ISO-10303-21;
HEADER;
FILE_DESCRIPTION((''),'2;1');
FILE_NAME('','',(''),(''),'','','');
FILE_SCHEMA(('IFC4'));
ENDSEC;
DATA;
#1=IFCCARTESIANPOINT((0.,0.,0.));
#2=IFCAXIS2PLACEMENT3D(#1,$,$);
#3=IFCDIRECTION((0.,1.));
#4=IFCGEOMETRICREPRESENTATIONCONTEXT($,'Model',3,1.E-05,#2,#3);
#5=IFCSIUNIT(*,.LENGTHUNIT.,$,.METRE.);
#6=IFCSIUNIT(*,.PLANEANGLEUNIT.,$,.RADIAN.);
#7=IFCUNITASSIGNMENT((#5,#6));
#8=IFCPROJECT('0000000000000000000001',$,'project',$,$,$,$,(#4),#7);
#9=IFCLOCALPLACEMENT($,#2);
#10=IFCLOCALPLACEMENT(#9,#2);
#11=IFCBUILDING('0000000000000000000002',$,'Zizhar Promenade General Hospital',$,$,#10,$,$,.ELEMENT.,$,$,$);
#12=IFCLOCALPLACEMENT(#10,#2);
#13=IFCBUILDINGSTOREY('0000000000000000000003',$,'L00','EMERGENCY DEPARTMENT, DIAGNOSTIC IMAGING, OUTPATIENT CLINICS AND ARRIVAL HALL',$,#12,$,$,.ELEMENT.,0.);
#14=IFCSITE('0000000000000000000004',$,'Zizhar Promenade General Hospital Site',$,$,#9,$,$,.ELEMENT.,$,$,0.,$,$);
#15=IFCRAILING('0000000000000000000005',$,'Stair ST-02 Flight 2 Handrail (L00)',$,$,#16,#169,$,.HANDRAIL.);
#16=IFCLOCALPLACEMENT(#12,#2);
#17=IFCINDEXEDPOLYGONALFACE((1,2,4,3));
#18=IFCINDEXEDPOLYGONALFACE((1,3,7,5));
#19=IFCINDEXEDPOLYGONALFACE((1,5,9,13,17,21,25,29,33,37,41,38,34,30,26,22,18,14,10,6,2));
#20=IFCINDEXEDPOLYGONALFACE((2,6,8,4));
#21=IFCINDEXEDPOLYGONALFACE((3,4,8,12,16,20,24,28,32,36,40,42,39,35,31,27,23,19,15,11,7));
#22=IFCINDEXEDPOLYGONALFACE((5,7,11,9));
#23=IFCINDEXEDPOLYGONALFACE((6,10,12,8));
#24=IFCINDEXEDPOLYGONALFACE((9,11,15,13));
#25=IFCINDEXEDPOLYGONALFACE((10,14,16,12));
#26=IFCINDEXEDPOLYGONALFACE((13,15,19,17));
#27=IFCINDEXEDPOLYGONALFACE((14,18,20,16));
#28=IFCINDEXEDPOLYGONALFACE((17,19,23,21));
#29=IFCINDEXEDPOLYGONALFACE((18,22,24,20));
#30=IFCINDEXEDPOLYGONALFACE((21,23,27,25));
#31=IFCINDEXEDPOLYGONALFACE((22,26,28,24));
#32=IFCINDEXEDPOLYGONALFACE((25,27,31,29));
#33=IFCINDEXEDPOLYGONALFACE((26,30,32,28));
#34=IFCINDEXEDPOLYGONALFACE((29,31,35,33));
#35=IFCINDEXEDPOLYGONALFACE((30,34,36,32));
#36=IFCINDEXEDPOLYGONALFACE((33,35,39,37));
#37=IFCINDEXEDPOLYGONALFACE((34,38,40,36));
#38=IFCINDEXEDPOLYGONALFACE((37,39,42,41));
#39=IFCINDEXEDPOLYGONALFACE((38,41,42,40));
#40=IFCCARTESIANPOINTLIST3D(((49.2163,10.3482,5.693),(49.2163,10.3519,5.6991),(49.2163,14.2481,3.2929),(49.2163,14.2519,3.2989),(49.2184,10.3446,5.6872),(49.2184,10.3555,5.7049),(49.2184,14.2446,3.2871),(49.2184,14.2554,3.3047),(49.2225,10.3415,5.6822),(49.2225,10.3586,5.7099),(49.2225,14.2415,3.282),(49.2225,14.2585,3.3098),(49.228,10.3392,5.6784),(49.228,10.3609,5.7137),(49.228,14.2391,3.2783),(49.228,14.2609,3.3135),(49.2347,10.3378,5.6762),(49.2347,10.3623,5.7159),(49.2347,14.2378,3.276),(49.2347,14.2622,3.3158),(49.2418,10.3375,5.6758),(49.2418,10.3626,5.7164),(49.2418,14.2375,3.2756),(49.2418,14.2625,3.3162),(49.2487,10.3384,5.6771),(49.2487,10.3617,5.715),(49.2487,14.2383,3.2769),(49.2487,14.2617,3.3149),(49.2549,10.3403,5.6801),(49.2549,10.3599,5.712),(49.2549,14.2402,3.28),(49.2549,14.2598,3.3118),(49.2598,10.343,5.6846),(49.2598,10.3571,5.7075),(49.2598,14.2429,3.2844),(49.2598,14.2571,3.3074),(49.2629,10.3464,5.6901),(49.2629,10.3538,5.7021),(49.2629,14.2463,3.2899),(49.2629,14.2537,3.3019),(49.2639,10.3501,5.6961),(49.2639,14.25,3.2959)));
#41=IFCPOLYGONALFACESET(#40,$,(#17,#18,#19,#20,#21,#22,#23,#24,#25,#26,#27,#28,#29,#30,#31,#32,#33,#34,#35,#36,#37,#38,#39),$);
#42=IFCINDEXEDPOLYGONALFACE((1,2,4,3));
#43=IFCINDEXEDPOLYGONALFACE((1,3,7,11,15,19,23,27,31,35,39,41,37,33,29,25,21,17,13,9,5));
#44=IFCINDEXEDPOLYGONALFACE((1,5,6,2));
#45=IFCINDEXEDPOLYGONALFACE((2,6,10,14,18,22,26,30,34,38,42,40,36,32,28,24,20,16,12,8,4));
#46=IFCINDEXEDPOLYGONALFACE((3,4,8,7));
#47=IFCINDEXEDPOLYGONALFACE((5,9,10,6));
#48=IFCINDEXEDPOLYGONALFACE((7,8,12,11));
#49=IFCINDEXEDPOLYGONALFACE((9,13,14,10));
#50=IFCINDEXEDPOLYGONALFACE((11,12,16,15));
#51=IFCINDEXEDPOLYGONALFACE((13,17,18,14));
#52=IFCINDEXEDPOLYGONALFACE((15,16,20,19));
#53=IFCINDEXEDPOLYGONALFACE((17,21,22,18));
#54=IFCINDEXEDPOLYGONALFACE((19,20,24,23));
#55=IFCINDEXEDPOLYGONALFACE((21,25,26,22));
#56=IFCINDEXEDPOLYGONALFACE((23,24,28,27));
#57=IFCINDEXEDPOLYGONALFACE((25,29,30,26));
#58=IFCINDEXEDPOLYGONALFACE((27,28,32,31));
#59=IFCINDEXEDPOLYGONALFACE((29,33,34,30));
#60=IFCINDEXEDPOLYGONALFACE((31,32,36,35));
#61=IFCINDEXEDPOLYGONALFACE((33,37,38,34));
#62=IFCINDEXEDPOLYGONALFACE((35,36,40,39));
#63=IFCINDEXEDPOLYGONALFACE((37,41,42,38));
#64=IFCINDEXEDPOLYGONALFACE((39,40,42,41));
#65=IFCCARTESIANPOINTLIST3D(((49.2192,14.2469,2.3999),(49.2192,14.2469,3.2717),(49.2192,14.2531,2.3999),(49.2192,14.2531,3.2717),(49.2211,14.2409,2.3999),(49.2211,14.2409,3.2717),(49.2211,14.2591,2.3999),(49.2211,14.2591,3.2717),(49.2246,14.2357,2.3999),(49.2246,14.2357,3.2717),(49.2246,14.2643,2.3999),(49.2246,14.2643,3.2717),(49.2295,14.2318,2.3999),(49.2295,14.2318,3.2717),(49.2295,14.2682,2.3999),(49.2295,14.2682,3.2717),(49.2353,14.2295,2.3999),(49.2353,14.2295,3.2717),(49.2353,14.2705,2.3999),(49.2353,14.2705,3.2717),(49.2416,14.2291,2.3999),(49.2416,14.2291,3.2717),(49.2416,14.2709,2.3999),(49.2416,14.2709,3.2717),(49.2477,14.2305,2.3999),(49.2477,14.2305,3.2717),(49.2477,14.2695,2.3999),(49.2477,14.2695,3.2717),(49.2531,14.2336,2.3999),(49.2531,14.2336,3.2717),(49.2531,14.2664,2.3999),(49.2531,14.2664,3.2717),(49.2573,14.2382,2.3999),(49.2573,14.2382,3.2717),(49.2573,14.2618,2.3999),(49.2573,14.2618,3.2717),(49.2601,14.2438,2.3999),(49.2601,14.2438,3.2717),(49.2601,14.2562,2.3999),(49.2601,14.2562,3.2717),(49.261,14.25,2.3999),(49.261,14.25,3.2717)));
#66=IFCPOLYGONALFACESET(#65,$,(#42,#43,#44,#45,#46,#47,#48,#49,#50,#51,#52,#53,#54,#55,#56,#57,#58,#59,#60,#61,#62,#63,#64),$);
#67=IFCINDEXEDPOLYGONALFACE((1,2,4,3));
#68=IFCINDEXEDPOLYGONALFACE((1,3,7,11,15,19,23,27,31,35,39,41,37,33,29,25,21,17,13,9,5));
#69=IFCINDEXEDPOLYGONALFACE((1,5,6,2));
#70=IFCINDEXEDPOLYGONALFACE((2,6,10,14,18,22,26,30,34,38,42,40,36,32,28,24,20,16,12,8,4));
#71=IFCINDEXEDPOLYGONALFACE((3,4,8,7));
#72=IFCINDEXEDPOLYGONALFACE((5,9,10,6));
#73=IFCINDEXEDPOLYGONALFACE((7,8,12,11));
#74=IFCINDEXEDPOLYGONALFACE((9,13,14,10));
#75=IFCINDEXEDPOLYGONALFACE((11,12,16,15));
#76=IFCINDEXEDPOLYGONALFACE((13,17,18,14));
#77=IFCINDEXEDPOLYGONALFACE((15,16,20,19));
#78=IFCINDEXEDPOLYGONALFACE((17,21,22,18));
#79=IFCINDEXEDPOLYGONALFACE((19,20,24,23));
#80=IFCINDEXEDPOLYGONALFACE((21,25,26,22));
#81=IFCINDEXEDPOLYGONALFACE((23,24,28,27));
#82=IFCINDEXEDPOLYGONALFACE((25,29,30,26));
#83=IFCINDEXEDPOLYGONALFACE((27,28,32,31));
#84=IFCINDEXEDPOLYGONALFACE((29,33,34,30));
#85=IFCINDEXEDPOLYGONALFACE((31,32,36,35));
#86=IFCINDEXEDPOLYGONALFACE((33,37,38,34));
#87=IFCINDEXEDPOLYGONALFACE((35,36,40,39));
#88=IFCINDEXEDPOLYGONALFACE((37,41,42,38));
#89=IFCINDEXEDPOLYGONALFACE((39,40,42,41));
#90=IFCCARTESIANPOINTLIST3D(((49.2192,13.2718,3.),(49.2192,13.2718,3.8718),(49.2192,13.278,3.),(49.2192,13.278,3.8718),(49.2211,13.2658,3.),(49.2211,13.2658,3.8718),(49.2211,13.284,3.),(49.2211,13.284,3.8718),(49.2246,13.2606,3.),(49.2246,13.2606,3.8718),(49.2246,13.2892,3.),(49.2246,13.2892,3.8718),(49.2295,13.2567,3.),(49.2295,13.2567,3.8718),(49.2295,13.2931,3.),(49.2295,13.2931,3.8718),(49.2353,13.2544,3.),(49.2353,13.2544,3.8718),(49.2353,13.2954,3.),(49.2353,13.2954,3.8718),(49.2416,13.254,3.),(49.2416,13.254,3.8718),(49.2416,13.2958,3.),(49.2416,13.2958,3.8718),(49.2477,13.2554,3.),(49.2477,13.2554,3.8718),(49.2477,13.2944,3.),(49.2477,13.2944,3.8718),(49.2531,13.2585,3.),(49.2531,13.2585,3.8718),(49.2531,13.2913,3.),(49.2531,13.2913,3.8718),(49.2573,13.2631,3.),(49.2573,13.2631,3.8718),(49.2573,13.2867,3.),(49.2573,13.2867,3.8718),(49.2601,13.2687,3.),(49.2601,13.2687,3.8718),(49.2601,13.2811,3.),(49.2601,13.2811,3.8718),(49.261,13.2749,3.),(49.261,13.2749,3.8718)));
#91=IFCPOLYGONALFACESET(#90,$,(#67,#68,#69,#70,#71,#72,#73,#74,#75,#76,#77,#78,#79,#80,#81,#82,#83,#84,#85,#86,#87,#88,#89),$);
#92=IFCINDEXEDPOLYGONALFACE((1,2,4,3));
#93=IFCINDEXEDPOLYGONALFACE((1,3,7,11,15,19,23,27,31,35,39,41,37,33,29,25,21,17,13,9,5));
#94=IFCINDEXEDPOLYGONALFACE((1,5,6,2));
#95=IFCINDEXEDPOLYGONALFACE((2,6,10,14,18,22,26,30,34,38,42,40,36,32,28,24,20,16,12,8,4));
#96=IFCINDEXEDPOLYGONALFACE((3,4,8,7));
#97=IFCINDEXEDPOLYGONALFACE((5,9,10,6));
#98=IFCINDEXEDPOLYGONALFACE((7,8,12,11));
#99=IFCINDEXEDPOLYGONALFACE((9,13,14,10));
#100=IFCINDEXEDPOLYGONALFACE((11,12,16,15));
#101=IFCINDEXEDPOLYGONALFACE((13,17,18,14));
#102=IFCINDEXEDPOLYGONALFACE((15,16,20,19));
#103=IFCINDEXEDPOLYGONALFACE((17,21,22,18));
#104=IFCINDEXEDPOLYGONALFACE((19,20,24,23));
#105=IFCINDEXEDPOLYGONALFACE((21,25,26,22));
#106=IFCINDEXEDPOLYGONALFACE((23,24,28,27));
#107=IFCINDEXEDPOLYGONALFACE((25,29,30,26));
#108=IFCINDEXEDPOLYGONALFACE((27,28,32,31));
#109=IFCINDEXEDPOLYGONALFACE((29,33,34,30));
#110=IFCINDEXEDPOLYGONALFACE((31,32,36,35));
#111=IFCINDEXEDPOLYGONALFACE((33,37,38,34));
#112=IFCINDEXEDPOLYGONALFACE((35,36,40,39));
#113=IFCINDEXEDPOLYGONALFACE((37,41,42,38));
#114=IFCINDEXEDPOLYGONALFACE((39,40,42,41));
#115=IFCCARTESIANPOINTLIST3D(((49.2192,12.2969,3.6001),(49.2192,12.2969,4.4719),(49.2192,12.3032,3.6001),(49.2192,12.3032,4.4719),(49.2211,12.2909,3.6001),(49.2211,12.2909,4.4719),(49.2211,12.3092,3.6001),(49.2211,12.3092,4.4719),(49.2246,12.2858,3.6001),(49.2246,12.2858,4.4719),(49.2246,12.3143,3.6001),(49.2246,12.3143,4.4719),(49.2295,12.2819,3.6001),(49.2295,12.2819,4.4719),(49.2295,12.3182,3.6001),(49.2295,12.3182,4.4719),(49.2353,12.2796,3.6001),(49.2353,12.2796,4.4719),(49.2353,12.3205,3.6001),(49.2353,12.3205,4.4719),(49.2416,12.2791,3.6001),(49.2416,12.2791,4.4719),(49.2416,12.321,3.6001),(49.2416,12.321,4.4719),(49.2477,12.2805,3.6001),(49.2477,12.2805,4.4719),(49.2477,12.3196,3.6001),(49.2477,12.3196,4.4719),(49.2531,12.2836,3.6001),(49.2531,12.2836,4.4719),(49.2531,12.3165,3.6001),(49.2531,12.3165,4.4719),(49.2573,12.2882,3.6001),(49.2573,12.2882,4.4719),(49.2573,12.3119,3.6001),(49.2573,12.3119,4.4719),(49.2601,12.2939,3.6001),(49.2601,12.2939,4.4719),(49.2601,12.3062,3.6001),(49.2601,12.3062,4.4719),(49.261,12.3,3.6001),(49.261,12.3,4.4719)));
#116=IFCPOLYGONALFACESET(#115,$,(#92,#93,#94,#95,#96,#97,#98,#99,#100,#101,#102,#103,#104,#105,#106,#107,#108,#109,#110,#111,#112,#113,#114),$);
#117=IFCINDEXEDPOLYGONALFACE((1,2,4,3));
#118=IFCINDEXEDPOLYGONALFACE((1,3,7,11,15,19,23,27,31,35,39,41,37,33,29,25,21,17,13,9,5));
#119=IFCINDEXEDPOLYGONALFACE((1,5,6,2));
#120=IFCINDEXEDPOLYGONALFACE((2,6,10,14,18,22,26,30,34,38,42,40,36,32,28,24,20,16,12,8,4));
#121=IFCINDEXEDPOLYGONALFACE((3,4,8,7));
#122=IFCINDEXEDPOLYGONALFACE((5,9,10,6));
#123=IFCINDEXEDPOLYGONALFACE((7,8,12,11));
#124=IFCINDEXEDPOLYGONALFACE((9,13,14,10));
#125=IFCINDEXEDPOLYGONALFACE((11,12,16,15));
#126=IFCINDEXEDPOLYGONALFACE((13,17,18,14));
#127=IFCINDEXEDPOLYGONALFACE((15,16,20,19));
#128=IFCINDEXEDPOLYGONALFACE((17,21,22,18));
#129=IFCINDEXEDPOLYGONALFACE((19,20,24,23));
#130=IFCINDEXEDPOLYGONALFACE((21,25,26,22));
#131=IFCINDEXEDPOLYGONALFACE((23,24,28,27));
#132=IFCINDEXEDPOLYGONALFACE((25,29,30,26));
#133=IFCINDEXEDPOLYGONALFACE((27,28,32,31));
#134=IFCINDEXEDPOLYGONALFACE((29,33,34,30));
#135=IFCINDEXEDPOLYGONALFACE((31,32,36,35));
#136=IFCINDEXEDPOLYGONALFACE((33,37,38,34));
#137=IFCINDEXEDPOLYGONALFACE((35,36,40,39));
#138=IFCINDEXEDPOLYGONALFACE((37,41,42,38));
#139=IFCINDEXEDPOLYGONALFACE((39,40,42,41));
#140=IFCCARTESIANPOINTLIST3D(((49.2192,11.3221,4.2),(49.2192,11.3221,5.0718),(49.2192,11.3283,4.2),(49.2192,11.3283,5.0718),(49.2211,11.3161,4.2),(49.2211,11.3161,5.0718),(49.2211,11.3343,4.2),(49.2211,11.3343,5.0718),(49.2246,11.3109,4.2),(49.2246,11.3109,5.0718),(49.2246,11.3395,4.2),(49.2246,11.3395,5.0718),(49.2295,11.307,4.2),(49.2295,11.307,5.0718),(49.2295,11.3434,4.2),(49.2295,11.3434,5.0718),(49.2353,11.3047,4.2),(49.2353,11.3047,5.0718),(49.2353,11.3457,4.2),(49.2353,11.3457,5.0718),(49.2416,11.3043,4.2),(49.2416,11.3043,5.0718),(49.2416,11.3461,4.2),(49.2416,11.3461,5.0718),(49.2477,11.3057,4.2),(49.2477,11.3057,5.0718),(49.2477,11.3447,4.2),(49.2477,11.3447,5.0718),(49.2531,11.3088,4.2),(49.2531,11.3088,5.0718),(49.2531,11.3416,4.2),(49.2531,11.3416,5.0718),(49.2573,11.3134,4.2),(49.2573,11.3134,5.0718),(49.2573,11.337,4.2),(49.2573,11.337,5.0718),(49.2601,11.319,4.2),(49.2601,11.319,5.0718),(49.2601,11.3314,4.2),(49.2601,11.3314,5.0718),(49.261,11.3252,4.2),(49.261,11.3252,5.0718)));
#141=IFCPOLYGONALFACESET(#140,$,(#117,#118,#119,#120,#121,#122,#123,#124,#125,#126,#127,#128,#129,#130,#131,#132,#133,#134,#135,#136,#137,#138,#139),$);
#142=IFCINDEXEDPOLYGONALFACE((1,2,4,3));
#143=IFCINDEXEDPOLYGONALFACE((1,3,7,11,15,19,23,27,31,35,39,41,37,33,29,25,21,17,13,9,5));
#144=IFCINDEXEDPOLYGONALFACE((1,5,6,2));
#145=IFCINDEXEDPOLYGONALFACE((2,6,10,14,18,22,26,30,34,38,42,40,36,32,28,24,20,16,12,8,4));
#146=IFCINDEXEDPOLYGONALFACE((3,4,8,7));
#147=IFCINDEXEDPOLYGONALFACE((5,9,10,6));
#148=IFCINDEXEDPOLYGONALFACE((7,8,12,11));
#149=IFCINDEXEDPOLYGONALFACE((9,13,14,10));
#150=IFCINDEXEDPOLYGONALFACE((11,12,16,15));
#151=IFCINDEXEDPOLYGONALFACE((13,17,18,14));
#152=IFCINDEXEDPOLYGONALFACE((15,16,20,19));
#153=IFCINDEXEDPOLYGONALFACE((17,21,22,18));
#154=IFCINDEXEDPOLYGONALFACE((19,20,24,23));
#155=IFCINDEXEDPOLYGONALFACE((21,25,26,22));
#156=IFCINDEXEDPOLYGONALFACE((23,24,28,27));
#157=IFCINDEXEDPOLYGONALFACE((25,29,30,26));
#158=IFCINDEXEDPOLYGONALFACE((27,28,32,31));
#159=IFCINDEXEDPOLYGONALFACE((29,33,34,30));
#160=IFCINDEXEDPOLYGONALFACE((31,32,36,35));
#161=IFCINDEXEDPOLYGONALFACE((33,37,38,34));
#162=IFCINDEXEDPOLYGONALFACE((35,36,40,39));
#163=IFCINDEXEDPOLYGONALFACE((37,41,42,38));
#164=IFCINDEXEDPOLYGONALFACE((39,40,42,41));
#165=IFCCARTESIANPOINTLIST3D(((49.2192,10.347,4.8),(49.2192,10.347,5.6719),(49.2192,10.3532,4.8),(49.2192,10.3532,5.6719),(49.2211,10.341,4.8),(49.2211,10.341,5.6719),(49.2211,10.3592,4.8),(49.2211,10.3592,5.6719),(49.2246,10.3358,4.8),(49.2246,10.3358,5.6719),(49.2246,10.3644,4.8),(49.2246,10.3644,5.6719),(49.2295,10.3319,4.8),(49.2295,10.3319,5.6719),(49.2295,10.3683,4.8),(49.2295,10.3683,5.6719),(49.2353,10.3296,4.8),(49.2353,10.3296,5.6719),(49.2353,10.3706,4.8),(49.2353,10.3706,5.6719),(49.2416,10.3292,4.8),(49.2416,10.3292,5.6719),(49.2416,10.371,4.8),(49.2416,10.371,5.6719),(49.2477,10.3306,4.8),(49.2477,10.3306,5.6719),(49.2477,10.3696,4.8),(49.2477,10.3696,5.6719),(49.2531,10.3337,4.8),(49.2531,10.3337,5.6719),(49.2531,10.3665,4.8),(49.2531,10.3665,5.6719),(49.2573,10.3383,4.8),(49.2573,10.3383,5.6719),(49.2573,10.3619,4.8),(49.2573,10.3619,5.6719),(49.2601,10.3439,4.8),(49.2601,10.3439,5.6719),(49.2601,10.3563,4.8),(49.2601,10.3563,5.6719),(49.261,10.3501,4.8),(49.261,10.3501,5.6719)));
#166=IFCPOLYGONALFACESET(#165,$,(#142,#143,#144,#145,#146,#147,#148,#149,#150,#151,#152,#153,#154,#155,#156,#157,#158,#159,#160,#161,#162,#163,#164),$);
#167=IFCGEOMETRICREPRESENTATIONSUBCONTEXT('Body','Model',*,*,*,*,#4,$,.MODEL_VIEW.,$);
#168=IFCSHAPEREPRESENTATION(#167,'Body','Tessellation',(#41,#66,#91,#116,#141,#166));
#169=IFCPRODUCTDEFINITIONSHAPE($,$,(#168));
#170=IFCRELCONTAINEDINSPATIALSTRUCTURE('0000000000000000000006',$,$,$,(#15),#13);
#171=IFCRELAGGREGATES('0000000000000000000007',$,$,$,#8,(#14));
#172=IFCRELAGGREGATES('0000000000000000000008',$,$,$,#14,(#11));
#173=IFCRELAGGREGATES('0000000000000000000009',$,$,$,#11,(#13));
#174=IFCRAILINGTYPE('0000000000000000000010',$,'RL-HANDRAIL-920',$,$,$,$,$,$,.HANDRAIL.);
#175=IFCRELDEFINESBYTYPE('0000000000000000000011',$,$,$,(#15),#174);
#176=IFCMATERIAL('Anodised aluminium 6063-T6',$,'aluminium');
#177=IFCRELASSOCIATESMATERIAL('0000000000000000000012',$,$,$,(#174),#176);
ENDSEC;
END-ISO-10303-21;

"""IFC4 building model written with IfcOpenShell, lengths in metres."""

from ifc_helpers import new_model, si_unit, direction, frame, origin, origin_2d, place, context, subcontext, project, spatial, circle, hollow_circle, extrude, material, material_profile, profile_set, type_object, element, save


model = new_model("IFC4")

# Units and contexts
model_context = context("Model", 3, precision=1e-05, world=origin(), true_north=direction((0.0, 1.0)))
body_context = subcontext(model_context, "Body", "Model", "MODEL_VIEW")
ifc_project = project(units=[si_unit("LENGTHUNIT", "METRE"), si_unit("PLANEANGLEUNIT", "RADIAN")], contexts=[model_context])

# Site, building, storey
site_placement = place(None, origin())
site = spatial("IfcSite", under=ifc_project, at=site_placement, Name="Zizhar Promenade General Hospital Site", CompositionType="ELEMENT", RefElevation=0.0)
building_placement = place(site_placement, origin())
building = spatial("IfcBuilding", under=site, at=building_placement, Name="Zizhar Promenade General Hospital", CompositionType="ELEMENT")
storey_placement = place(building_placement, origin())
storey = spatial("IfcBuildingStorey", under=building, at=storey_placement, Name="L00", Description="EMERGENCY DEPARTMENT, DIAGNOSTIC IMAGING, OUTPATIENT CLINICS AND ARRIVAL HALL", CompositionType="ELEMENT", Elevation=0.0)

# Railing
ifc_material_1 = material(Name="Anodised aluminium 6063-T6", Category="aluminium")
ifc_material_profile_1 = material_profile(ifc_material_1, hollow_circle(Radius=0.0698, WallThickness=0.0063, at=origin_2d()))
ifc_profile_set_1 = profile_set([ifc_material_profile_1], Name="Anodised aluminium 6063-T6")
railing_type_1 = type_object("IfcRailingType", Name="RL-HANDRAIL-920", PredefinedType="HANDRAIL", material=ifc_profile_set_1)
railing_1_placement = place(storey_placement, frame((49.24, 14.25, 2.3999)))
element("IfcRailing", 1, at=railing_1_placement, inside=storey, type_object=railing_type_1, Name="Stair ST-02 Flight 2 Handrail (L00)", PredefinedType="HANDRAIL", context=body_context, shape_type="SweptSolid", body=[
    extrude(circle(Radius=0.0239, at=origin_2d()), frame((0.0, 0.0, 0.896), z_axis=(0.0, -0.851638, 0.52413), x_axis=(1.0, 0.0, 0.0)), (0.0, 0.0, 1.0), 4.5793),
    extrude(circle(Radius=0.021, at=origin_2d()), origin(), (0.0, 0.0, 1.0), 0.8718),
    extrude(circle(Radius=0.021, at=origin_2d()), frame((0.0, -0.9751, 0.6001)), (0.0, 0.0, 1.0), 0.8718),
    extrude(circle(Radius=0.021, at=origin_2d()), frame((0.0, -1.95, 1.2002)), (0.0, 0.0, 1.0), 0.8718),
    extrude(circle(Radius=0.021, at=origin_2d()), frame((0.0, -2.9248, 1.8)), (0.0, 0.0, 1.0), 0.8718),
    extrude(circle(Radius=0.021, at=origin_2d()), frame((0.0, -3.8999, 2.4001)), (0.0, 0.0, 1.0), 0.8718),
])

save(model, "model.ifc")
